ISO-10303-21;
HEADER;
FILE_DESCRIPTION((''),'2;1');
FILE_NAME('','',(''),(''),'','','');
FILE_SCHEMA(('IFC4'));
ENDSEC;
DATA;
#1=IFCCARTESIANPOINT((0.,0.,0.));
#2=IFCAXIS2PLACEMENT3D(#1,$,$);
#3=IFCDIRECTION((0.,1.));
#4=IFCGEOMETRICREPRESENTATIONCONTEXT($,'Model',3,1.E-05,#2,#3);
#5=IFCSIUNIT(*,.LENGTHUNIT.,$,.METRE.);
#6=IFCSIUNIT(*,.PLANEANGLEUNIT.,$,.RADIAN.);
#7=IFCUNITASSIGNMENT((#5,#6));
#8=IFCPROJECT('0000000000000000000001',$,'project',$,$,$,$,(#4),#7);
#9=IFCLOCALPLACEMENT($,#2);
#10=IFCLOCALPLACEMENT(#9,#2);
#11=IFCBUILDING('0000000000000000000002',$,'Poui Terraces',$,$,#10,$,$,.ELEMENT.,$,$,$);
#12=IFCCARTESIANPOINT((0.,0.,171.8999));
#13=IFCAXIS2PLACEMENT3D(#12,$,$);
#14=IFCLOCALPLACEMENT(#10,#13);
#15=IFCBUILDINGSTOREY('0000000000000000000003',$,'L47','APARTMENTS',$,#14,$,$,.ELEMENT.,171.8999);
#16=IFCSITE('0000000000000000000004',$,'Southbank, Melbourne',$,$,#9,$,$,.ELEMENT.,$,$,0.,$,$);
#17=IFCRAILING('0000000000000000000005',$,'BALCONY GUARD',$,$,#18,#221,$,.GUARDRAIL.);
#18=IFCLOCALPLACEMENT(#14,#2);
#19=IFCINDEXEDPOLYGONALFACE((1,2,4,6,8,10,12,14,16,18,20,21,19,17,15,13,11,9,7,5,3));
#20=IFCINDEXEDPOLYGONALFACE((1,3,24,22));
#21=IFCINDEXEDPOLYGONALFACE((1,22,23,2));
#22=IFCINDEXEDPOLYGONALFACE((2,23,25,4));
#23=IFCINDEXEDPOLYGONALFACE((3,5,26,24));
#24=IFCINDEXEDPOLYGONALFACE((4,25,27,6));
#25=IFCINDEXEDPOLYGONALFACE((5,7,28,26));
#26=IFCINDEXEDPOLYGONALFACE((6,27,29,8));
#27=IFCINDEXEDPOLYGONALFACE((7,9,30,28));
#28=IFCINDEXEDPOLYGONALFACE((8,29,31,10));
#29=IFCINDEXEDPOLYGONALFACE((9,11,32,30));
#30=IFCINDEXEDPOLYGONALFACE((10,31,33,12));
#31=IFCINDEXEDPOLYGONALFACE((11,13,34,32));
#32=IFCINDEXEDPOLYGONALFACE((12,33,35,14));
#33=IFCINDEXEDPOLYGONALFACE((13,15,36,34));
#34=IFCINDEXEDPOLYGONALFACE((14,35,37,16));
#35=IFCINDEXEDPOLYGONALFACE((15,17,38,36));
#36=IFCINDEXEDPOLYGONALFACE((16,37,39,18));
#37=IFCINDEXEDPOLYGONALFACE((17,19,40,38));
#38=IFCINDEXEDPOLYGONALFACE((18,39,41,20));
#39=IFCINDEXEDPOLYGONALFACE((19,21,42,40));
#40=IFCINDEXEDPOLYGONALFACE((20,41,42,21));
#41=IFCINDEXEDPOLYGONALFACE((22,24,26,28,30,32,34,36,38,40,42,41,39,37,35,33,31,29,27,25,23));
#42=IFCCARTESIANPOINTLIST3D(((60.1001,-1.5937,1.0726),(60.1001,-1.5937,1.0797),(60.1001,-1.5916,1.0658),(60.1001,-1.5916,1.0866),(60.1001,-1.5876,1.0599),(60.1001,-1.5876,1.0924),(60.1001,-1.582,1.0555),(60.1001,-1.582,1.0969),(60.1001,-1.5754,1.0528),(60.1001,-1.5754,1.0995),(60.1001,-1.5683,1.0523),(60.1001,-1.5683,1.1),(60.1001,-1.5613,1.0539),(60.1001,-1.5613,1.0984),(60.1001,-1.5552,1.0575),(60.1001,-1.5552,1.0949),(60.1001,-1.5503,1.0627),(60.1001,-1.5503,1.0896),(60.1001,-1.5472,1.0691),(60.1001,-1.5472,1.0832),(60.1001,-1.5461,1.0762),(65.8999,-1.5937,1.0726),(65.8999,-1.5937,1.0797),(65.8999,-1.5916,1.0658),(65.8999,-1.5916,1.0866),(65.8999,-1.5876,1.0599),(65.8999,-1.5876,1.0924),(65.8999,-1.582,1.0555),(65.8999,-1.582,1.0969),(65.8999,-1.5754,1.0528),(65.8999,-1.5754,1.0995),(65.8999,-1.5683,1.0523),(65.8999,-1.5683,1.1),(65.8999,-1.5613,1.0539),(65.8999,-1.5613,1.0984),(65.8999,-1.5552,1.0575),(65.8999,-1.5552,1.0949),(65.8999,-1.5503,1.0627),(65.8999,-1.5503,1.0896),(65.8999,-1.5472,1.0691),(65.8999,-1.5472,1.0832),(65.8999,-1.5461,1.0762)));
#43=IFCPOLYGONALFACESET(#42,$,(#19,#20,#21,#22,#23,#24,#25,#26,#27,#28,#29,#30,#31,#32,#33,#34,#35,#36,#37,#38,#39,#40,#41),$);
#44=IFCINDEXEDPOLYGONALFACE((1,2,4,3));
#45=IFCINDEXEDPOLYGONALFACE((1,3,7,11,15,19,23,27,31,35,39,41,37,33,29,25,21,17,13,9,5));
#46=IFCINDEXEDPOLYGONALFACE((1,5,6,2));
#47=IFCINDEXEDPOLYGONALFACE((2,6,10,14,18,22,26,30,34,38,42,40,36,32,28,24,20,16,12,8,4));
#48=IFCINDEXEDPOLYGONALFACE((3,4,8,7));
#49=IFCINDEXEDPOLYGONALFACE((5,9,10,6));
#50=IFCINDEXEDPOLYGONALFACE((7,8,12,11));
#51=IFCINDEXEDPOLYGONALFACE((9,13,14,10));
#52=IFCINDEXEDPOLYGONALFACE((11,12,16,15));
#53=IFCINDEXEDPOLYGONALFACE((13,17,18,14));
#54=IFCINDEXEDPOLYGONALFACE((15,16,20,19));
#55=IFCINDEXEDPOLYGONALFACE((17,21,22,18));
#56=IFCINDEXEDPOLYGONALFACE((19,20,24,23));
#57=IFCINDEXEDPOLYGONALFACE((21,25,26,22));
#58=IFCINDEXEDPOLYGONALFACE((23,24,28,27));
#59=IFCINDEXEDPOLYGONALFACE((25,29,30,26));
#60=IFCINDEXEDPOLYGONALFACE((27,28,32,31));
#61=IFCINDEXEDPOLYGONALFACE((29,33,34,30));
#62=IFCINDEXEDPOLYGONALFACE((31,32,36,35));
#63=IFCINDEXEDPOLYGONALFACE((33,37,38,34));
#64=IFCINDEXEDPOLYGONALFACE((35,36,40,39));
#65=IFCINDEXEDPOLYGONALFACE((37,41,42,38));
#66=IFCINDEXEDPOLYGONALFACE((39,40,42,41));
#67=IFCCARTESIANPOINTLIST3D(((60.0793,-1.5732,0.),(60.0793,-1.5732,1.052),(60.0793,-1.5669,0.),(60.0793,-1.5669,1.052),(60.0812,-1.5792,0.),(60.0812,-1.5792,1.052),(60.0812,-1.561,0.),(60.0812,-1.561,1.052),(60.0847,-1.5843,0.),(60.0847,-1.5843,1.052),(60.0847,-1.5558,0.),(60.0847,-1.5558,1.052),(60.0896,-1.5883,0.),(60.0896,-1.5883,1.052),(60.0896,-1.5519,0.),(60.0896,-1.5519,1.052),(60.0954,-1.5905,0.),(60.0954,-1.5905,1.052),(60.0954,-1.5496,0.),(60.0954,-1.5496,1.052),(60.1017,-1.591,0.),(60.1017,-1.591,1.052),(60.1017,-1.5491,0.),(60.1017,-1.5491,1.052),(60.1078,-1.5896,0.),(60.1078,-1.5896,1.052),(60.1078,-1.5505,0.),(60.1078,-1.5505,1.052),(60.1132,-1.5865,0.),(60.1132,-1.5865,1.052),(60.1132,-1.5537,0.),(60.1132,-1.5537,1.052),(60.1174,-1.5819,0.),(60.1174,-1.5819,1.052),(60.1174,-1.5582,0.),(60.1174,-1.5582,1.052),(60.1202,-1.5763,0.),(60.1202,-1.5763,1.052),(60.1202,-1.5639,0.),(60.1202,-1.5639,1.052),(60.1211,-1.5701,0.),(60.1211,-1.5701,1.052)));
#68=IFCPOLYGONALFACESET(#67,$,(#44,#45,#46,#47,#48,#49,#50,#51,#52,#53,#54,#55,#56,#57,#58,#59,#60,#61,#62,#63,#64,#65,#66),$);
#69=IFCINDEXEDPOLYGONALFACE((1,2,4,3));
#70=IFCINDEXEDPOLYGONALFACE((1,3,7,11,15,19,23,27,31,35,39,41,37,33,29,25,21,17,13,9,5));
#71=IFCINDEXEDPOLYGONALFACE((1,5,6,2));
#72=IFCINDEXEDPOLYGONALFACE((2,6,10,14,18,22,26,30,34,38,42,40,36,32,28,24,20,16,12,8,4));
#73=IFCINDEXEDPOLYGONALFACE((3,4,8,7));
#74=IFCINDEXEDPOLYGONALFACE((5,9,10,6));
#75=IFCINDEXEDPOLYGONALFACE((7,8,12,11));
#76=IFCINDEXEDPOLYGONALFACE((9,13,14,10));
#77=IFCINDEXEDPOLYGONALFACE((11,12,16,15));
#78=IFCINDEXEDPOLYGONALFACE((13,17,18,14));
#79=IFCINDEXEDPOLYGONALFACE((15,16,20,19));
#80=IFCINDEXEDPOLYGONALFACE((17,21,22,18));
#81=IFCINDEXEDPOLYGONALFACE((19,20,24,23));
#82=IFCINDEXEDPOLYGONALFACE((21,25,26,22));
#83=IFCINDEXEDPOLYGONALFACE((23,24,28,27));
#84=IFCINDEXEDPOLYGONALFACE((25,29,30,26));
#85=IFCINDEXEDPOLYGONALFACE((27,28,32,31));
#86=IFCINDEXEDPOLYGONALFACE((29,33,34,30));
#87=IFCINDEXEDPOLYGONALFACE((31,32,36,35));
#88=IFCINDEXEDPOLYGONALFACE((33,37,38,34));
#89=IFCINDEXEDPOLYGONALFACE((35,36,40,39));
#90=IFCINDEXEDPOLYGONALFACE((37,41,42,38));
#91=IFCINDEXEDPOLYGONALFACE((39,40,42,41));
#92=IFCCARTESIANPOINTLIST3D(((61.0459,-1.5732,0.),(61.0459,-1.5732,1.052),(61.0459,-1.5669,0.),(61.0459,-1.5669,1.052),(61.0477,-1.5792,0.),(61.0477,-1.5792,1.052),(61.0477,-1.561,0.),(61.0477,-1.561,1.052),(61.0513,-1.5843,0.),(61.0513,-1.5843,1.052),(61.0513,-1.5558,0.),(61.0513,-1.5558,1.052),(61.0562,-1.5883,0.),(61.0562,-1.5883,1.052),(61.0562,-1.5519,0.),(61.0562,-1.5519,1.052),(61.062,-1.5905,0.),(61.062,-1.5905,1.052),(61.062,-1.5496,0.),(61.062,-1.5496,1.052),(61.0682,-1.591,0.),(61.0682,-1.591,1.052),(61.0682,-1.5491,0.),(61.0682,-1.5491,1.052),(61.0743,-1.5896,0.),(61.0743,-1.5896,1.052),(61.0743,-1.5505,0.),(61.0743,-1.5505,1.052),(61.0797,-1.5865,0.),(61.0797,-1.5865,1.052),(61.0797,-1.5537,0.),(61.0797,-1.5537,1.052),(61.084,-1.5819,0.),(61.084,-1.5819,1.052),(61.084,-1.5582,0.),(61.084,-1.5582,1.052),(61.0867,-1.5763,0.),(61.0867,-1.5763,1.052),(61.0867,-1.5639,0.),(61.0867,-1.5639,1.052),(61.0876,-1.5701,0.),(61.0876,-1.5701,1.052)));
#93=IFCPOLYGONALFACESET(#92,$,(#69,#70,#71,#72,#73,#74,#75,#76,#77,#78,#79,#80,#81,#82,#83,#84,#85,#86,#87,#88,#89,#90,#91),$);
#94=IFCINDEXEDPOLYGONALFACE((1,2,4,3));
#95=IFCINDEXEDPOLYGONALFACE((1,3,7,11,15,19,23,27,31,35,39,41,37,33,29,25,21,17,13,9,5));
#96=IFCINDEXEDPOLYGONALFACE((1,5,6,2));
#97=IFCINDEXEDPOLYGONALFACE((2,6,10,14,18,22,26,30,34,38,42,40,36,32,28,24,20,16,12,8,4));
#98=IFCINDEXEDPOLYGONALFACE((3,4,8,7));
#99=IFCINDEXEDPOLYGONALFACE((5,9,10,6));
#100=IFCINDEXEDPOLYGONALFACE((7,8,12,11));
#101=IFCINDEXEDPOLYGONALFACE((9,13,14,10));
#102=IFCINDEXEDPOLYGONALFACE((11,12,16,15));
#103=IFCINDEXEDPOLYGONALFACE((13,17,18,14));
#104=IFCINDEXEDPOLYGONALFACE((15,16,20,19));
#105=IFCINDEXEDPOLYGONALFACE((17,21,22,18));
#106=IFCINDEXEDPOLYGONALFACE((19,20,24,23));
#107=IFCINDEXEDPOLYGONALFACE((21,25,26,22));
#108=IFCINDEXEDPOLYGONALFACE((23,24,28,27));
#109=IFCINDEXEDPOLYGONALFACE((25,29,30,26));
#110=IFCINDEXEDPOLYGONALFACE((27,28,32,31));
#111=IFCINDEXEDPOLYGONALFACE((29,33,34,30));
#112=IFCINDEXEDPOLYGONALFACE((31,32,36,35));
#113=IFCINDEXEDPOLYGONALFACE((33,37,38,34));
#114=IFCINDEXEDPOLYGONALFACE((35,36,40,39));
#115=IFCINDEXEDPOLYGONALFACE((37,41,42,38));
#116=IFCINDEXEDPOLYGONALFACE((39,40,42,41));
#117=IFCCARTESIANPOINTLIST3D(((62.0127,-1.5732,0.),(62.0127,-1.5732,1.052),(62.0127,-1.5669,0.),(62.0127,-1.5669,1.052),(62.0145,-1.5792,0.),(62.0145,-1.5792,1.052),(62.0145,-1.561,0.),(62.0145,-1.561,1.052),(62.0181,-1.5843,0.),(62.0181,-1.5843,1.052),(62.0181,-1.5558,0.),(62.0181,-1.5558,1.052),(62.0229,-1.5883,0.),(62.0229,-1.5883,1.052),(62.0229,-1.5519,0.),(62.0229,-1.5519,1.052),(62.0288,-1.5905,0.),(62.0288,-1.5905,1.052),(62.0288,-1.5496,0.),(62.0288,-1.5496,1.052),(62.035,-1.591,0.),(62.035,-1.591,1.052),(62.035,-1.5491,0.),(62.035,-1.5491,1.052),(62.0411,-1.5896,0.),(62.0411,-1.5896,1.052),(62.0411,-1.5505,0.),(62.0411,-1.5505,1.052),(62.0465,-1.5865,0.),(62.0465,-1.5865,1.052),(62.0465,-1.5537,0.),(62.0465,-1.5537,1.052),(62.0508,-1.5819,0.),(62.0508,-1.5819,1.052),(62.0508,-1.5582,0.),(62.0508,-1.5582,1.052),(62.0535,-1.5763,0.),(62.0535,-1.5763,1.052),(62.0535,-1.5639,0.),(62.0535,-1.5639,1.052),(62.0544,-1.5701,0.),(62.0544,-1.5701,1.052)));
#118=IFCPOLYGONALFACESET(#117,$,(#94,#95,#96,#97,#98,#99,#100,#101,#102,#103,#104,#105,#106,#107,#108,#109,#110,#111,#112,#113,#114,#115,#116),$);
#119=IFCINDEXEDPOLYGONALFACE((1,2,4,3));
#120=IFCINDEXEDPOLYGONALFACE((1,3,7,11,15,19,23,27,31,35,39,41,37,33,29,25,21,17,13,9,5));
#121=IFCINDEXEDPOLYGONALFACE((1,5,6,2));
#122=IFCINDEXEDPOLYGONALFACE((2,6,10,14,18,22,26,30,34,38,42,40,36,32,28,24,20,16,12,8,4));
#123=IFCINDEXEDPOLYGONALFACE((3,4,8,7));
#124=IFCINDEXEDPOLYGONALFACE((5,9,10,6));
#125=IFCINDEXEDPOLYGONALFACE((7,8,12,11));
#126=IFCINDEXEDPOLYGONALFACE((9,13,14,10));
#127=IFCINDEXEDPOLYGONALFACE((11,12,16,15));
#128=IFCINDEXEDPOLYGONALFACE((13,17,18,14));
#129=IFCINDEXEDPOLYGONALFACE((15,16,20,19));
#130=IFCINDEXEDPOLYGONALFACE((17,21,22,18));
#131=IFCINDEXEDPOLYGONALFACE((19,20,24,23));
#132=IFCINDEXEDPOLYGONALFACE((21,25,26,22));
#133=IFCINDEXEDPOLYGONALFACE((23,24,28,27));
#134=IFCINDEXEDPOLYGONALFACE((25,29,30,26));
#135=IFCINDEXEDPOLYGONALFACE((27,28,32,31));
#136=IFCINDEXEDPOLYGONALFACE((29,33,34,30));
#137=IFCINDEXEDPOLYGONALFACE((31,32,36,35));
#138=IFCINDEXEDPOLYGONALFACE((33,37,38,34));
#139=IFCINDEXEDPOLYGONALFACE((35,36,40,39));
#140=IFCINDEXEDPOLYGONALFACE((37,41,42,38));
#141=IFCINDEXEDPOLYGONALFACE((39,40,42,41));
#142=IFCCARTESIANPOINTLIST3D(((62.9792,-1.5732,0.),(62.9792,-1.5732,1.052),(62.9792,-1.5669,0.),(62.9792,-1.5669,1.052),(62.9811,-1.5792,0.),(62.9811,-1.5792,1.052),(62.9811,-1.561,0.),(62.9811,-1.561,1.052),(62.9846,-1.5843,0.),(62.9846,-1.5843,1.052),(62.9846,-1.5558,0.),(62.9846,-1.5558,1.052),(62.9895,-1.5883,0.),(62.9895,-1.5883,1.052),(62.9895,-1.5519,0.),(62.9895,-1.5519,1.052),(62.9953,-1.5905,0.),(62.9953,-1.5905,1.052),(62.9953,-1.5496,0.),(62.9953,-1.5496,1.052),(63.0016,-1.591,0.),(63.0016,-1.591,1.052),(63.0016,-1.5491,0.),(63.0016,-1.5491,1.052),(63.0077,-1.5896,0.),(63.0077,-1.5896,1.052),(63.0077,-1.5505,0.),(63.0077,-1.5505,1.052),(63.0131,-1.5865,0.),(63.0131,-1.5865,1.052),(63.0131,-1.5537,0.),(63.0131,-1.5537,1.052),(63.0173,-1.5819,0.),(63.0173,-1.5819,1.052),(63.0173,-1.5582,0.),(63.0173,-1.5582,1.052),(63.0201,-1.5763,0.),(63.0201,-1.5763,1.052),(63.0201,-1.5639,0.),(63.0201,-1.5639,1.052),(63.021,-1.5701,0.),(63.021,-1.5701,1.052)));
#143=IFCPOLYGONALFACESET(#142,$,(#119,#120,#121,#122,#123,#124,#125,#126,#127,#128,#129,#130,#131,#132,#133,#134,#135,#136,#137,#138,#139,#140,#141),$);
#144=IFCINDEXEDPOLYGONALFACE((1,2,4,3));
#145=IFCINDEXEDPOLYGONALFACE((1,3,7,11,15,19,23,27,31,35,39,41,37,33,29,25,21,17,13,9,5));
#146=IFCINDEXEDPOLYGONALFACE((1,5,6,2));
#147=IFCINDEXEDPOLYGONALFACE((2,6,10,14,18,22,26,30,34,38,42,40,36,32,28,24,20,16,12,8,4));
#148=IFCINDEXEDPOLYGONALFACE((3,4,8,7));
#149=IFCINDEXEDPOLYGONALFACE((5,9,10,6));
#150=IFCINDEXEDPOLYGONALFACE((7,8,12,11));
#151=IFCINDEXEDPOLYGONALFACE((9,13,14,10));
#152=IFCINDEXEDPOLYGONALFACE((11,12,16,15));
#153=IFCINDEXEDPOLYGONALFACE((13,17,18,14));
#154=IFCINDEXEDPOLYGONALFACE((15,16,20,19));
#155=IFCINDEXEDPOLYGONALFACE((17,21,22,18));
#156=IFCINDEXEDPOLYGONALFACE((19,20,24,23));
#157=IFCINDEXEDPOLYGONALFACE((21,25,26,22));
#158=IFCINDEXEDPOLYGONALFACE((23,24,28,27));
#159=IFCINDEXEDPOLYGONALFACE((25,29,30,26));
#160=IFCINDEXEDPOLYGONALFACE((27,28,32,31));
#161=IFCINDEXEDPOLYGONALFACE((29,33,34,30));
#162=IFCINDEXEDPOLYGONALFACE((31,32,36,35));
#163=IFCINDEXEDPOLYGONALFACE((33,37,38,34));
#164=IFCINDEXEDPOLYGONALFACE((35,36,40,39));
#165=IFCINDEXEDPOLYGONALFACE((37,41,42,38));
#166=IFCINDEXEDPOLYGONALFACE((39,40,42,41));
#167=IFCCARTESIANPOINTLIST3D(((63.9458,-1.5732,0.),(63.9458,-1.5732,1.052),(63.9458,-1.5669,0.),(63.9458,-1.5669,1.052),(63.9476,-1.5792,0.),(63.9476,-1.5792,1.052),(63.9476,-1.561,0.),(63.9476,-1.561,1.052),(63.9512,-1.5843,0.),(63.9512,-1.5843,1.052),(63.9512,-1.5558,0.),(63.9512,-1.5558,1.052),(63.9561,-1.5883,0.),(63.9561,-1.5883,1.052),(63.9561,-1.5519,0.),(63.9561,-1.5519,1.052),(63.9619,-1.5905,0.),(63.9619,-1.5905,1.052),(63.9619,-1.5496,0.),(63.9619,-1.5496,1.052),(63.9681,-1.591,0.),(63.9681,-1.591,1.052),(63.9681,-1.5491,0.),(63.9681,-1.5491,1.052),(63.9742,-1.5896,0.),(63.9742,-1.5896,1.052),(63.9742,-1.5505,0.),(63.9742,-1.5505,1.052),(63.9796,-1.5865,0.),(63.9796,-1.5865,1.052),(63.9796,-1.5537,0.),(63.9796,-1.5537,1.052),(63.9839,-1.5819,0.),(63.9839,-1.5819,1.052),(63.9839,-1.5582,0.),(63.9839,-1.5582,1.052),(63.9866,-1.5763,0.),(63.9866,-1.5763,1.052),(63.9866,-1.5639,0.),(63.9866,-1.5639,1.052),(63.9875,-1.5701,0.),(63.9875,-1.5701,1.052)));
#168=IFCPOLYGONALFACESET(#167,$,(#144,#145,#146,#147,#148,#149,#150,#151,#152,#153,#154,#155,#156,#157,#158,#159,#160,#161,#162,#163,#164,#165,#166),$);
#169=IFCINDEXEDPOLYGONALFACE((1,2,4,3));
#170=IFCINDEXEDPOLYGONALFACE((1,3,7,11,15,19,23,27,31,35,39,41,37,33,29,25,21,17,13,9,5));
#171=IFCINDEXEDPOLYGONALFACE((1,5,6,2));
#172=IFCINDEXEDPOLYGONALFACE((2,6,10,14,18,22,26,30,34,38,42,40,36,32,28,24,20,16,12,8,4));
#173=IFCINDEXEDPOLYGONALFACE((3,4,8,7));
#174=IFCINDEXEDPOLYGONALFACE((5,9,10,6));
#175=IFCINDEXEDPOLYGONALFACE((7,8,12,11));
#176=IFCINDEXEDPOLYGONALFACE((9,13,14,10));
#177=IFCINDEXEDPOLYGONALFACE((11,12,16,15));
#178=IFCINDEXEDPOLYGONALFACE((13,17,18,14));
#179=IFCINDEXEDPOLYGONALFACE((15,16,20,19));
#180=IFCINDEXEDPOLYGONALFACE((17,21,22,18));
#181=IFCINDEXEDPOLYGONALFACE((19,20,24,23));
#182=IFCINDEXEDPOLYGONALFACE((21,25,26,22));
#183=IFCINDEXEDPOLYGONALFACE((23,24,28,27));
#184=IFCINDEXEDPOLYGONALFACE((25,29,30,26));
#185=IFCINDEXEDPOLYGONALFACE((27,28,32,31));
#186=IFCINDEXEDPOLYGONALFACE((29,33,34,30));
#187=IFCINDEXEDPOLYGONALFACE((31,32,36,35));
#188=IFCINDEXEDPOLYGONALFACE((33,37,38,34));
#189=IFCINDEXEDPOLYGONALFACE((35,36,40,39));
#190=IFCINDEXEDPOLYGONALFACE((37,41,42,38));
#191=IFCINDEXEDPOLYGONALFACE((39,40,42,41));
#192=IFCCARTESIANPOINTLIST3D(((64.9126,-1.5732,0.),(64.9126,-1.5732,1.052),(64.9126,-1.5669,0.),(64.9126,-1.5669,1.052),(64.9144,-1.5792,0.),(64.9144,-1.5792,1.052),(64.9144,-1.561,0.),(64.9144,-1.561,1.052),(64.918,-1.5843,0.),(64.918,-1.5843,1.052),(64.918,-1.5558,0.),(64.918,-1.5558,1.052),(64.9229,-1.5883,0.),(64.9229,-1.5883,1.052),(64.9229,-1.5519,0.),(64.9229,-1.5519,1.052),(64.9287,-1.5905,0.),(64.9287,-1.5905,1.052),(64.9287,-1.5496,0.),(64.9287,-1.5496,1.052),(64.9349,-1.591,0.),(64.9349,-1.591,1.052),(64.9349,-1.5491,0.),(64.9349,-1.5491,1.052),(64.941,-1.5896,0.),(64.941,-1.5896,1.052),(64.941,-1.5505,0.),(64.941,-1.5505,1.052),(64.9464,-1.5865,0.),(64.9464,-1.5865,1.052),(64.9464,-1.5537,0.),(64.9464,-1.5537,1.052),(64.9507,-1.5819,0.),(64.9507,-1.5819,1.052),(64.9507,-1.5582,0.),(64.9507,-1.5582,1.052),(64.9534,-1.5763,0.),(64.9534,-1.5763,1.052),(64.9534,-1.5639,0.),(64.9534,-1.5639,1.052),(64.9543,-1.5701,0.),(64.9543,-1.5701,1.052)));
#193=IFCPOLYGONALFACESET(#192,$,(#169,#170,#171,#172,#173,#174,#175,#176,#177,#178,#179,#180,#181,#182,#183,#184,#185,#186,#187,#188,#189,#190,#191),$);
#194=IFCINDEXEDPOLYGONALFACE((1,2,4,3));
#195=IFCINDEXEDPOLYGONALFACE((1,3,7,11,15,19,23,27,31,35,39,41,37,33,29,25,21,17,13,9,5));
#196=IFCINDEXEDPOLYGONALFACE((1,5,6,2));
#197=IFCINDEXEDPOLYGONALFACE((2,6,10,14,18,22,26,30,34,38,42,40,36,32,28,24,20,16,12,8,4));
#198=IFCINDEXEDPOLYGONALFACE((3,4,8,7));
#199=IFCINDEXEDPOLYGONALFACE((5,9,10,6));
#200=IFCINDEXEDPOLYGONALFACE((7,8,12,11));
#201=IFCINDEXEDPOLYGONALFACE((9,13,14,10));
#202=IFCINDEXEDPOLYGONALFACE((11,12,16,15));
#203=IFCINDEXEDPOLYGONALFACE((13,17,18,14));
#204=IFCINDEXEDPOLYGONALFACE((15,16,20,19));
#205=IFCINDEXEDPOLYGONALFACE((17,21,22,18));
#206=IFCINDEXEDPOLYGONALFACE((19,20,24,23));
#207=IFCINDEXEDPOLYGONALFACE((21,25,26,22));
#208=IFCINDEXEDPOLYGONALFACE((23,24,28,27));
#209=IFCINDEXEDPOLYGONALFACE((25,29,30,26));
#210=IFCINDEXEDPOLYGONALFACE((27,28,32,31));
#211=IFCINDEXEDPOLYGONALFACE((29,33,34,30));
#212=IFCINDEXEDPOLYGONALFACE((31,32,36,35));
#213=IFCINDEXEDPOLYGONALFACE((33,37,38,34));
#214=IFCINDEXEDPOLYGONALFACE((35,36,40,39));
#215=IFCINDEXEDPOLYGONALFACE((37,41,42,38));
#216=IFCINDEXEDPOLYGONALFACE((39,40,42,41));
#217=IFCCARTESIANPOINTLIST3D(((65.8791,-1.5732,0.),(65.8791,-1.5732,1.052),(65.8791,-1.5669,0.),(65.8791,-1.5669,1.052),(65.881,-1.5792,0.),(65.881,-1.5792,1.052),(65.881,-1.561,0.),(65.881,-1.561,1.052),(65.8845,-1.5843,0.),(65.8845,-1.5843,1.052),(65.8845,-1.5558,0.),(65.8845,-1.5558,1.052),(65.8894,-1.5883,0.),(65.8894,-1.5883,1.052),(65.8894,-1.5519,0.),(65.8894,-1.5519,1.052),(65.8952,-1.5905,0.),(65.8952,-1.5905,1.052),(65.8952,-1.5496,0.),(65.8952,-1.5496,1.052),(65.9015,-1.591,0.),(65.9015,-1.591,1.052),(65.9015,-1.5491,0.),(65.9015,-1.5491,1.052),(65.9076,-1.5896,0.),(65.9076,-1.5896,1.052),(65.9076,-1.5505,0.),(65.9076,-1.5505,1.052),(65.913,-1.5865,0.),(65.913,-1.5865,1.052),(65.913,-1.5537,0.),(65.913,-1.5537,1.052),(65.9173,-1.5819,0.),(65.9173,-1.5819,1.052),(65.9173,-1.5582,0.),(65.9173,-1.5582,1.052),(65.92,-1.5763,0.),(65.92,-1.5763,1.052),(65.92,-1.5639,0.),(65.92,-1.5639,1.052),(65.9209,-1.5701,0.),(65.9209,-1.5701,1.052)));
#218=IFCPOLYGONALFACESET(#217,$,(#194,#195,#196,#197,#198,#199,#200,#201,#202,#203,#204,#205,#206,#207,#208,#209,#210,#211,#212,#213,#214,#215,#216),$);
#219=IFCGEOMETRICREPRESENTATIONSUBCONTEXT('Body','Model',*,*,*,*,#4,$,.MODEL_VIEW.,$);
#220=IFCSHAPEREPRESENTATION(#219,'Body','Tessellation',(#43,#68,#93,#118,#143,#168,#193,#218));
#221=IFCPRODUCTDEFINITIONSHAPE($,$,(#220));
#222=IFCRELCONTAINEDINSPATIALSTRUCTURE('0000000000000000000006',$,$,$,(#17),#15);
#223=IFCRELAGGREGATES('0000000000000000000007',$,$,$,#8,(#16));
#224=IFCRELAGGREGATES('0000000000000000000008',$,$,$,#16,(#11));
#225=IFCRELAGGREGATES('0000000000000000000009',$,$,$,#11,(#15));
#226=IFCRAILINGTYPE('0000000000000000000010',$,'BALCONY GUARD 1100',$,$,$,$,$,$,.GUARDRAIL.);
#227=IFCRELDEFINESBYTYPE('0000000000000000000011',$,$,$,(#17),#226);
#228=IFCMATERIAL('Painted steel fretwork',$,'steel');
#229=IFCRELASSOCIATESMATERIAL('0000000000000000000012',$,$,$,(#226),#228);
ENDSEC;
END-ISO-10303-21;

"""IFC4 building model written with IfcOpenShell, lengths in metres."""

from ifc_helpers import new_model, si_unit, direction, frame, origin, origin_2d, place, context, subcontext, project, spatial, circle, extrude, material, type_object, element, save


model = new_model("IFC4")

# Units and contexts
model_context = context("Model", 3, precision=1e-05, world=origin(), true_north=direction((0.0, 1.0)))
body_context = subcontext(model_context, "Body", "Model", "MODEL_VIEW")
ifc_project = project(units=[si_unit("LENGTHUNIT", "METRE"), si_unit("PLANEANGLEUNIT", "RADIAN")], contexts=[model_context])

# Site, building, storey
site_placement = place(None, origin())
site = spatial("IfcSite", under=ifc_project, at=site_placement, Name="Southbank, Melbourne", CompositionType="ELEMENT", RefElevation=0.0)
building_placement = place(site_placement, origin())
building = spatial("IfcBuilding", under=site, at=building_placement, Name="Poui Terraces", CompositionType="ELEMENT")
storey_placement = place(building_placement, frame((0.0, 0.0, 171.8999)))
storey = spatial("IfcBuildingStorey", under=building, at=storey_placement, Name="L47", Description="APARTMENTS", CompositionType="ELEMENT", Elevation=171.8999)

# Railing
ifc_material_1 = material(Name="Painted steel fretwork", Category="steel")
railing_type = type_object("IfcRailingType", Name="BALCONY GUARD 1100", PredefinedType="GUARDRAIL", material=ifc_material_1)
railing_placement = place(storey_placement, frame((60.1001, -1.5701, 0.0)))
element("IfcRailing", 1, at=railing_placement, inside=storey, type_object=railing_type, Name="BALCONY GUARD", PredefinedType="GUARDRAIL", context=body_context, shape_type="SweptSolid", body=[
    extrude(circle(Radius=0.0239, at=origin_2d()), frame((0.0, 0.0, 1.0762), z_axis=(1.0, 0.0, 0.0), x_axis=(0.0, 1.0, 0.0)), (0.0, 0.0, 1.0), 5.7998),
    extrude(circle(Radius=0.021, at=origin_2d()), origin(), (0.0, 0.0, 1.0), 1.052),
    extrude(circle(Radius=0.021, at=origin_2d()), frame((0.9666, 0.0, 0.0)), (0.0, 0.0, 1.0), 1.052),
    extrude(circle(Radius=0.021, at=origin_2d()), frame((1.9333, 0.0, 0.0)), (0.0, 0.0, 1.0), 1.052),
    extrude(circle(Radius=0.021, at=origin_2d()), frame((2.8999, 0.0, 0.0)), (0.0, 0.0, 1.0), 1.052),
    extrude(circle(Radius=0.021, at=origin_2d()), frame((3.8665, 0.0, 0.0)), (0.0, 0.0, 1.0), 1.052),
    extrude(circle(Radius=0.021, at=origin_2d()), frame((4.8333, 0.0, 0.0)), (0.0, 0.0, 1.0), 1.052),
    extrude(circle(Radius=0.021, at=origin_2d()), frame((5.7998, 0.0, 0.0)), (0.0, 0.0, 1.0), 1.052),
])

save(model, "model.ifc")
